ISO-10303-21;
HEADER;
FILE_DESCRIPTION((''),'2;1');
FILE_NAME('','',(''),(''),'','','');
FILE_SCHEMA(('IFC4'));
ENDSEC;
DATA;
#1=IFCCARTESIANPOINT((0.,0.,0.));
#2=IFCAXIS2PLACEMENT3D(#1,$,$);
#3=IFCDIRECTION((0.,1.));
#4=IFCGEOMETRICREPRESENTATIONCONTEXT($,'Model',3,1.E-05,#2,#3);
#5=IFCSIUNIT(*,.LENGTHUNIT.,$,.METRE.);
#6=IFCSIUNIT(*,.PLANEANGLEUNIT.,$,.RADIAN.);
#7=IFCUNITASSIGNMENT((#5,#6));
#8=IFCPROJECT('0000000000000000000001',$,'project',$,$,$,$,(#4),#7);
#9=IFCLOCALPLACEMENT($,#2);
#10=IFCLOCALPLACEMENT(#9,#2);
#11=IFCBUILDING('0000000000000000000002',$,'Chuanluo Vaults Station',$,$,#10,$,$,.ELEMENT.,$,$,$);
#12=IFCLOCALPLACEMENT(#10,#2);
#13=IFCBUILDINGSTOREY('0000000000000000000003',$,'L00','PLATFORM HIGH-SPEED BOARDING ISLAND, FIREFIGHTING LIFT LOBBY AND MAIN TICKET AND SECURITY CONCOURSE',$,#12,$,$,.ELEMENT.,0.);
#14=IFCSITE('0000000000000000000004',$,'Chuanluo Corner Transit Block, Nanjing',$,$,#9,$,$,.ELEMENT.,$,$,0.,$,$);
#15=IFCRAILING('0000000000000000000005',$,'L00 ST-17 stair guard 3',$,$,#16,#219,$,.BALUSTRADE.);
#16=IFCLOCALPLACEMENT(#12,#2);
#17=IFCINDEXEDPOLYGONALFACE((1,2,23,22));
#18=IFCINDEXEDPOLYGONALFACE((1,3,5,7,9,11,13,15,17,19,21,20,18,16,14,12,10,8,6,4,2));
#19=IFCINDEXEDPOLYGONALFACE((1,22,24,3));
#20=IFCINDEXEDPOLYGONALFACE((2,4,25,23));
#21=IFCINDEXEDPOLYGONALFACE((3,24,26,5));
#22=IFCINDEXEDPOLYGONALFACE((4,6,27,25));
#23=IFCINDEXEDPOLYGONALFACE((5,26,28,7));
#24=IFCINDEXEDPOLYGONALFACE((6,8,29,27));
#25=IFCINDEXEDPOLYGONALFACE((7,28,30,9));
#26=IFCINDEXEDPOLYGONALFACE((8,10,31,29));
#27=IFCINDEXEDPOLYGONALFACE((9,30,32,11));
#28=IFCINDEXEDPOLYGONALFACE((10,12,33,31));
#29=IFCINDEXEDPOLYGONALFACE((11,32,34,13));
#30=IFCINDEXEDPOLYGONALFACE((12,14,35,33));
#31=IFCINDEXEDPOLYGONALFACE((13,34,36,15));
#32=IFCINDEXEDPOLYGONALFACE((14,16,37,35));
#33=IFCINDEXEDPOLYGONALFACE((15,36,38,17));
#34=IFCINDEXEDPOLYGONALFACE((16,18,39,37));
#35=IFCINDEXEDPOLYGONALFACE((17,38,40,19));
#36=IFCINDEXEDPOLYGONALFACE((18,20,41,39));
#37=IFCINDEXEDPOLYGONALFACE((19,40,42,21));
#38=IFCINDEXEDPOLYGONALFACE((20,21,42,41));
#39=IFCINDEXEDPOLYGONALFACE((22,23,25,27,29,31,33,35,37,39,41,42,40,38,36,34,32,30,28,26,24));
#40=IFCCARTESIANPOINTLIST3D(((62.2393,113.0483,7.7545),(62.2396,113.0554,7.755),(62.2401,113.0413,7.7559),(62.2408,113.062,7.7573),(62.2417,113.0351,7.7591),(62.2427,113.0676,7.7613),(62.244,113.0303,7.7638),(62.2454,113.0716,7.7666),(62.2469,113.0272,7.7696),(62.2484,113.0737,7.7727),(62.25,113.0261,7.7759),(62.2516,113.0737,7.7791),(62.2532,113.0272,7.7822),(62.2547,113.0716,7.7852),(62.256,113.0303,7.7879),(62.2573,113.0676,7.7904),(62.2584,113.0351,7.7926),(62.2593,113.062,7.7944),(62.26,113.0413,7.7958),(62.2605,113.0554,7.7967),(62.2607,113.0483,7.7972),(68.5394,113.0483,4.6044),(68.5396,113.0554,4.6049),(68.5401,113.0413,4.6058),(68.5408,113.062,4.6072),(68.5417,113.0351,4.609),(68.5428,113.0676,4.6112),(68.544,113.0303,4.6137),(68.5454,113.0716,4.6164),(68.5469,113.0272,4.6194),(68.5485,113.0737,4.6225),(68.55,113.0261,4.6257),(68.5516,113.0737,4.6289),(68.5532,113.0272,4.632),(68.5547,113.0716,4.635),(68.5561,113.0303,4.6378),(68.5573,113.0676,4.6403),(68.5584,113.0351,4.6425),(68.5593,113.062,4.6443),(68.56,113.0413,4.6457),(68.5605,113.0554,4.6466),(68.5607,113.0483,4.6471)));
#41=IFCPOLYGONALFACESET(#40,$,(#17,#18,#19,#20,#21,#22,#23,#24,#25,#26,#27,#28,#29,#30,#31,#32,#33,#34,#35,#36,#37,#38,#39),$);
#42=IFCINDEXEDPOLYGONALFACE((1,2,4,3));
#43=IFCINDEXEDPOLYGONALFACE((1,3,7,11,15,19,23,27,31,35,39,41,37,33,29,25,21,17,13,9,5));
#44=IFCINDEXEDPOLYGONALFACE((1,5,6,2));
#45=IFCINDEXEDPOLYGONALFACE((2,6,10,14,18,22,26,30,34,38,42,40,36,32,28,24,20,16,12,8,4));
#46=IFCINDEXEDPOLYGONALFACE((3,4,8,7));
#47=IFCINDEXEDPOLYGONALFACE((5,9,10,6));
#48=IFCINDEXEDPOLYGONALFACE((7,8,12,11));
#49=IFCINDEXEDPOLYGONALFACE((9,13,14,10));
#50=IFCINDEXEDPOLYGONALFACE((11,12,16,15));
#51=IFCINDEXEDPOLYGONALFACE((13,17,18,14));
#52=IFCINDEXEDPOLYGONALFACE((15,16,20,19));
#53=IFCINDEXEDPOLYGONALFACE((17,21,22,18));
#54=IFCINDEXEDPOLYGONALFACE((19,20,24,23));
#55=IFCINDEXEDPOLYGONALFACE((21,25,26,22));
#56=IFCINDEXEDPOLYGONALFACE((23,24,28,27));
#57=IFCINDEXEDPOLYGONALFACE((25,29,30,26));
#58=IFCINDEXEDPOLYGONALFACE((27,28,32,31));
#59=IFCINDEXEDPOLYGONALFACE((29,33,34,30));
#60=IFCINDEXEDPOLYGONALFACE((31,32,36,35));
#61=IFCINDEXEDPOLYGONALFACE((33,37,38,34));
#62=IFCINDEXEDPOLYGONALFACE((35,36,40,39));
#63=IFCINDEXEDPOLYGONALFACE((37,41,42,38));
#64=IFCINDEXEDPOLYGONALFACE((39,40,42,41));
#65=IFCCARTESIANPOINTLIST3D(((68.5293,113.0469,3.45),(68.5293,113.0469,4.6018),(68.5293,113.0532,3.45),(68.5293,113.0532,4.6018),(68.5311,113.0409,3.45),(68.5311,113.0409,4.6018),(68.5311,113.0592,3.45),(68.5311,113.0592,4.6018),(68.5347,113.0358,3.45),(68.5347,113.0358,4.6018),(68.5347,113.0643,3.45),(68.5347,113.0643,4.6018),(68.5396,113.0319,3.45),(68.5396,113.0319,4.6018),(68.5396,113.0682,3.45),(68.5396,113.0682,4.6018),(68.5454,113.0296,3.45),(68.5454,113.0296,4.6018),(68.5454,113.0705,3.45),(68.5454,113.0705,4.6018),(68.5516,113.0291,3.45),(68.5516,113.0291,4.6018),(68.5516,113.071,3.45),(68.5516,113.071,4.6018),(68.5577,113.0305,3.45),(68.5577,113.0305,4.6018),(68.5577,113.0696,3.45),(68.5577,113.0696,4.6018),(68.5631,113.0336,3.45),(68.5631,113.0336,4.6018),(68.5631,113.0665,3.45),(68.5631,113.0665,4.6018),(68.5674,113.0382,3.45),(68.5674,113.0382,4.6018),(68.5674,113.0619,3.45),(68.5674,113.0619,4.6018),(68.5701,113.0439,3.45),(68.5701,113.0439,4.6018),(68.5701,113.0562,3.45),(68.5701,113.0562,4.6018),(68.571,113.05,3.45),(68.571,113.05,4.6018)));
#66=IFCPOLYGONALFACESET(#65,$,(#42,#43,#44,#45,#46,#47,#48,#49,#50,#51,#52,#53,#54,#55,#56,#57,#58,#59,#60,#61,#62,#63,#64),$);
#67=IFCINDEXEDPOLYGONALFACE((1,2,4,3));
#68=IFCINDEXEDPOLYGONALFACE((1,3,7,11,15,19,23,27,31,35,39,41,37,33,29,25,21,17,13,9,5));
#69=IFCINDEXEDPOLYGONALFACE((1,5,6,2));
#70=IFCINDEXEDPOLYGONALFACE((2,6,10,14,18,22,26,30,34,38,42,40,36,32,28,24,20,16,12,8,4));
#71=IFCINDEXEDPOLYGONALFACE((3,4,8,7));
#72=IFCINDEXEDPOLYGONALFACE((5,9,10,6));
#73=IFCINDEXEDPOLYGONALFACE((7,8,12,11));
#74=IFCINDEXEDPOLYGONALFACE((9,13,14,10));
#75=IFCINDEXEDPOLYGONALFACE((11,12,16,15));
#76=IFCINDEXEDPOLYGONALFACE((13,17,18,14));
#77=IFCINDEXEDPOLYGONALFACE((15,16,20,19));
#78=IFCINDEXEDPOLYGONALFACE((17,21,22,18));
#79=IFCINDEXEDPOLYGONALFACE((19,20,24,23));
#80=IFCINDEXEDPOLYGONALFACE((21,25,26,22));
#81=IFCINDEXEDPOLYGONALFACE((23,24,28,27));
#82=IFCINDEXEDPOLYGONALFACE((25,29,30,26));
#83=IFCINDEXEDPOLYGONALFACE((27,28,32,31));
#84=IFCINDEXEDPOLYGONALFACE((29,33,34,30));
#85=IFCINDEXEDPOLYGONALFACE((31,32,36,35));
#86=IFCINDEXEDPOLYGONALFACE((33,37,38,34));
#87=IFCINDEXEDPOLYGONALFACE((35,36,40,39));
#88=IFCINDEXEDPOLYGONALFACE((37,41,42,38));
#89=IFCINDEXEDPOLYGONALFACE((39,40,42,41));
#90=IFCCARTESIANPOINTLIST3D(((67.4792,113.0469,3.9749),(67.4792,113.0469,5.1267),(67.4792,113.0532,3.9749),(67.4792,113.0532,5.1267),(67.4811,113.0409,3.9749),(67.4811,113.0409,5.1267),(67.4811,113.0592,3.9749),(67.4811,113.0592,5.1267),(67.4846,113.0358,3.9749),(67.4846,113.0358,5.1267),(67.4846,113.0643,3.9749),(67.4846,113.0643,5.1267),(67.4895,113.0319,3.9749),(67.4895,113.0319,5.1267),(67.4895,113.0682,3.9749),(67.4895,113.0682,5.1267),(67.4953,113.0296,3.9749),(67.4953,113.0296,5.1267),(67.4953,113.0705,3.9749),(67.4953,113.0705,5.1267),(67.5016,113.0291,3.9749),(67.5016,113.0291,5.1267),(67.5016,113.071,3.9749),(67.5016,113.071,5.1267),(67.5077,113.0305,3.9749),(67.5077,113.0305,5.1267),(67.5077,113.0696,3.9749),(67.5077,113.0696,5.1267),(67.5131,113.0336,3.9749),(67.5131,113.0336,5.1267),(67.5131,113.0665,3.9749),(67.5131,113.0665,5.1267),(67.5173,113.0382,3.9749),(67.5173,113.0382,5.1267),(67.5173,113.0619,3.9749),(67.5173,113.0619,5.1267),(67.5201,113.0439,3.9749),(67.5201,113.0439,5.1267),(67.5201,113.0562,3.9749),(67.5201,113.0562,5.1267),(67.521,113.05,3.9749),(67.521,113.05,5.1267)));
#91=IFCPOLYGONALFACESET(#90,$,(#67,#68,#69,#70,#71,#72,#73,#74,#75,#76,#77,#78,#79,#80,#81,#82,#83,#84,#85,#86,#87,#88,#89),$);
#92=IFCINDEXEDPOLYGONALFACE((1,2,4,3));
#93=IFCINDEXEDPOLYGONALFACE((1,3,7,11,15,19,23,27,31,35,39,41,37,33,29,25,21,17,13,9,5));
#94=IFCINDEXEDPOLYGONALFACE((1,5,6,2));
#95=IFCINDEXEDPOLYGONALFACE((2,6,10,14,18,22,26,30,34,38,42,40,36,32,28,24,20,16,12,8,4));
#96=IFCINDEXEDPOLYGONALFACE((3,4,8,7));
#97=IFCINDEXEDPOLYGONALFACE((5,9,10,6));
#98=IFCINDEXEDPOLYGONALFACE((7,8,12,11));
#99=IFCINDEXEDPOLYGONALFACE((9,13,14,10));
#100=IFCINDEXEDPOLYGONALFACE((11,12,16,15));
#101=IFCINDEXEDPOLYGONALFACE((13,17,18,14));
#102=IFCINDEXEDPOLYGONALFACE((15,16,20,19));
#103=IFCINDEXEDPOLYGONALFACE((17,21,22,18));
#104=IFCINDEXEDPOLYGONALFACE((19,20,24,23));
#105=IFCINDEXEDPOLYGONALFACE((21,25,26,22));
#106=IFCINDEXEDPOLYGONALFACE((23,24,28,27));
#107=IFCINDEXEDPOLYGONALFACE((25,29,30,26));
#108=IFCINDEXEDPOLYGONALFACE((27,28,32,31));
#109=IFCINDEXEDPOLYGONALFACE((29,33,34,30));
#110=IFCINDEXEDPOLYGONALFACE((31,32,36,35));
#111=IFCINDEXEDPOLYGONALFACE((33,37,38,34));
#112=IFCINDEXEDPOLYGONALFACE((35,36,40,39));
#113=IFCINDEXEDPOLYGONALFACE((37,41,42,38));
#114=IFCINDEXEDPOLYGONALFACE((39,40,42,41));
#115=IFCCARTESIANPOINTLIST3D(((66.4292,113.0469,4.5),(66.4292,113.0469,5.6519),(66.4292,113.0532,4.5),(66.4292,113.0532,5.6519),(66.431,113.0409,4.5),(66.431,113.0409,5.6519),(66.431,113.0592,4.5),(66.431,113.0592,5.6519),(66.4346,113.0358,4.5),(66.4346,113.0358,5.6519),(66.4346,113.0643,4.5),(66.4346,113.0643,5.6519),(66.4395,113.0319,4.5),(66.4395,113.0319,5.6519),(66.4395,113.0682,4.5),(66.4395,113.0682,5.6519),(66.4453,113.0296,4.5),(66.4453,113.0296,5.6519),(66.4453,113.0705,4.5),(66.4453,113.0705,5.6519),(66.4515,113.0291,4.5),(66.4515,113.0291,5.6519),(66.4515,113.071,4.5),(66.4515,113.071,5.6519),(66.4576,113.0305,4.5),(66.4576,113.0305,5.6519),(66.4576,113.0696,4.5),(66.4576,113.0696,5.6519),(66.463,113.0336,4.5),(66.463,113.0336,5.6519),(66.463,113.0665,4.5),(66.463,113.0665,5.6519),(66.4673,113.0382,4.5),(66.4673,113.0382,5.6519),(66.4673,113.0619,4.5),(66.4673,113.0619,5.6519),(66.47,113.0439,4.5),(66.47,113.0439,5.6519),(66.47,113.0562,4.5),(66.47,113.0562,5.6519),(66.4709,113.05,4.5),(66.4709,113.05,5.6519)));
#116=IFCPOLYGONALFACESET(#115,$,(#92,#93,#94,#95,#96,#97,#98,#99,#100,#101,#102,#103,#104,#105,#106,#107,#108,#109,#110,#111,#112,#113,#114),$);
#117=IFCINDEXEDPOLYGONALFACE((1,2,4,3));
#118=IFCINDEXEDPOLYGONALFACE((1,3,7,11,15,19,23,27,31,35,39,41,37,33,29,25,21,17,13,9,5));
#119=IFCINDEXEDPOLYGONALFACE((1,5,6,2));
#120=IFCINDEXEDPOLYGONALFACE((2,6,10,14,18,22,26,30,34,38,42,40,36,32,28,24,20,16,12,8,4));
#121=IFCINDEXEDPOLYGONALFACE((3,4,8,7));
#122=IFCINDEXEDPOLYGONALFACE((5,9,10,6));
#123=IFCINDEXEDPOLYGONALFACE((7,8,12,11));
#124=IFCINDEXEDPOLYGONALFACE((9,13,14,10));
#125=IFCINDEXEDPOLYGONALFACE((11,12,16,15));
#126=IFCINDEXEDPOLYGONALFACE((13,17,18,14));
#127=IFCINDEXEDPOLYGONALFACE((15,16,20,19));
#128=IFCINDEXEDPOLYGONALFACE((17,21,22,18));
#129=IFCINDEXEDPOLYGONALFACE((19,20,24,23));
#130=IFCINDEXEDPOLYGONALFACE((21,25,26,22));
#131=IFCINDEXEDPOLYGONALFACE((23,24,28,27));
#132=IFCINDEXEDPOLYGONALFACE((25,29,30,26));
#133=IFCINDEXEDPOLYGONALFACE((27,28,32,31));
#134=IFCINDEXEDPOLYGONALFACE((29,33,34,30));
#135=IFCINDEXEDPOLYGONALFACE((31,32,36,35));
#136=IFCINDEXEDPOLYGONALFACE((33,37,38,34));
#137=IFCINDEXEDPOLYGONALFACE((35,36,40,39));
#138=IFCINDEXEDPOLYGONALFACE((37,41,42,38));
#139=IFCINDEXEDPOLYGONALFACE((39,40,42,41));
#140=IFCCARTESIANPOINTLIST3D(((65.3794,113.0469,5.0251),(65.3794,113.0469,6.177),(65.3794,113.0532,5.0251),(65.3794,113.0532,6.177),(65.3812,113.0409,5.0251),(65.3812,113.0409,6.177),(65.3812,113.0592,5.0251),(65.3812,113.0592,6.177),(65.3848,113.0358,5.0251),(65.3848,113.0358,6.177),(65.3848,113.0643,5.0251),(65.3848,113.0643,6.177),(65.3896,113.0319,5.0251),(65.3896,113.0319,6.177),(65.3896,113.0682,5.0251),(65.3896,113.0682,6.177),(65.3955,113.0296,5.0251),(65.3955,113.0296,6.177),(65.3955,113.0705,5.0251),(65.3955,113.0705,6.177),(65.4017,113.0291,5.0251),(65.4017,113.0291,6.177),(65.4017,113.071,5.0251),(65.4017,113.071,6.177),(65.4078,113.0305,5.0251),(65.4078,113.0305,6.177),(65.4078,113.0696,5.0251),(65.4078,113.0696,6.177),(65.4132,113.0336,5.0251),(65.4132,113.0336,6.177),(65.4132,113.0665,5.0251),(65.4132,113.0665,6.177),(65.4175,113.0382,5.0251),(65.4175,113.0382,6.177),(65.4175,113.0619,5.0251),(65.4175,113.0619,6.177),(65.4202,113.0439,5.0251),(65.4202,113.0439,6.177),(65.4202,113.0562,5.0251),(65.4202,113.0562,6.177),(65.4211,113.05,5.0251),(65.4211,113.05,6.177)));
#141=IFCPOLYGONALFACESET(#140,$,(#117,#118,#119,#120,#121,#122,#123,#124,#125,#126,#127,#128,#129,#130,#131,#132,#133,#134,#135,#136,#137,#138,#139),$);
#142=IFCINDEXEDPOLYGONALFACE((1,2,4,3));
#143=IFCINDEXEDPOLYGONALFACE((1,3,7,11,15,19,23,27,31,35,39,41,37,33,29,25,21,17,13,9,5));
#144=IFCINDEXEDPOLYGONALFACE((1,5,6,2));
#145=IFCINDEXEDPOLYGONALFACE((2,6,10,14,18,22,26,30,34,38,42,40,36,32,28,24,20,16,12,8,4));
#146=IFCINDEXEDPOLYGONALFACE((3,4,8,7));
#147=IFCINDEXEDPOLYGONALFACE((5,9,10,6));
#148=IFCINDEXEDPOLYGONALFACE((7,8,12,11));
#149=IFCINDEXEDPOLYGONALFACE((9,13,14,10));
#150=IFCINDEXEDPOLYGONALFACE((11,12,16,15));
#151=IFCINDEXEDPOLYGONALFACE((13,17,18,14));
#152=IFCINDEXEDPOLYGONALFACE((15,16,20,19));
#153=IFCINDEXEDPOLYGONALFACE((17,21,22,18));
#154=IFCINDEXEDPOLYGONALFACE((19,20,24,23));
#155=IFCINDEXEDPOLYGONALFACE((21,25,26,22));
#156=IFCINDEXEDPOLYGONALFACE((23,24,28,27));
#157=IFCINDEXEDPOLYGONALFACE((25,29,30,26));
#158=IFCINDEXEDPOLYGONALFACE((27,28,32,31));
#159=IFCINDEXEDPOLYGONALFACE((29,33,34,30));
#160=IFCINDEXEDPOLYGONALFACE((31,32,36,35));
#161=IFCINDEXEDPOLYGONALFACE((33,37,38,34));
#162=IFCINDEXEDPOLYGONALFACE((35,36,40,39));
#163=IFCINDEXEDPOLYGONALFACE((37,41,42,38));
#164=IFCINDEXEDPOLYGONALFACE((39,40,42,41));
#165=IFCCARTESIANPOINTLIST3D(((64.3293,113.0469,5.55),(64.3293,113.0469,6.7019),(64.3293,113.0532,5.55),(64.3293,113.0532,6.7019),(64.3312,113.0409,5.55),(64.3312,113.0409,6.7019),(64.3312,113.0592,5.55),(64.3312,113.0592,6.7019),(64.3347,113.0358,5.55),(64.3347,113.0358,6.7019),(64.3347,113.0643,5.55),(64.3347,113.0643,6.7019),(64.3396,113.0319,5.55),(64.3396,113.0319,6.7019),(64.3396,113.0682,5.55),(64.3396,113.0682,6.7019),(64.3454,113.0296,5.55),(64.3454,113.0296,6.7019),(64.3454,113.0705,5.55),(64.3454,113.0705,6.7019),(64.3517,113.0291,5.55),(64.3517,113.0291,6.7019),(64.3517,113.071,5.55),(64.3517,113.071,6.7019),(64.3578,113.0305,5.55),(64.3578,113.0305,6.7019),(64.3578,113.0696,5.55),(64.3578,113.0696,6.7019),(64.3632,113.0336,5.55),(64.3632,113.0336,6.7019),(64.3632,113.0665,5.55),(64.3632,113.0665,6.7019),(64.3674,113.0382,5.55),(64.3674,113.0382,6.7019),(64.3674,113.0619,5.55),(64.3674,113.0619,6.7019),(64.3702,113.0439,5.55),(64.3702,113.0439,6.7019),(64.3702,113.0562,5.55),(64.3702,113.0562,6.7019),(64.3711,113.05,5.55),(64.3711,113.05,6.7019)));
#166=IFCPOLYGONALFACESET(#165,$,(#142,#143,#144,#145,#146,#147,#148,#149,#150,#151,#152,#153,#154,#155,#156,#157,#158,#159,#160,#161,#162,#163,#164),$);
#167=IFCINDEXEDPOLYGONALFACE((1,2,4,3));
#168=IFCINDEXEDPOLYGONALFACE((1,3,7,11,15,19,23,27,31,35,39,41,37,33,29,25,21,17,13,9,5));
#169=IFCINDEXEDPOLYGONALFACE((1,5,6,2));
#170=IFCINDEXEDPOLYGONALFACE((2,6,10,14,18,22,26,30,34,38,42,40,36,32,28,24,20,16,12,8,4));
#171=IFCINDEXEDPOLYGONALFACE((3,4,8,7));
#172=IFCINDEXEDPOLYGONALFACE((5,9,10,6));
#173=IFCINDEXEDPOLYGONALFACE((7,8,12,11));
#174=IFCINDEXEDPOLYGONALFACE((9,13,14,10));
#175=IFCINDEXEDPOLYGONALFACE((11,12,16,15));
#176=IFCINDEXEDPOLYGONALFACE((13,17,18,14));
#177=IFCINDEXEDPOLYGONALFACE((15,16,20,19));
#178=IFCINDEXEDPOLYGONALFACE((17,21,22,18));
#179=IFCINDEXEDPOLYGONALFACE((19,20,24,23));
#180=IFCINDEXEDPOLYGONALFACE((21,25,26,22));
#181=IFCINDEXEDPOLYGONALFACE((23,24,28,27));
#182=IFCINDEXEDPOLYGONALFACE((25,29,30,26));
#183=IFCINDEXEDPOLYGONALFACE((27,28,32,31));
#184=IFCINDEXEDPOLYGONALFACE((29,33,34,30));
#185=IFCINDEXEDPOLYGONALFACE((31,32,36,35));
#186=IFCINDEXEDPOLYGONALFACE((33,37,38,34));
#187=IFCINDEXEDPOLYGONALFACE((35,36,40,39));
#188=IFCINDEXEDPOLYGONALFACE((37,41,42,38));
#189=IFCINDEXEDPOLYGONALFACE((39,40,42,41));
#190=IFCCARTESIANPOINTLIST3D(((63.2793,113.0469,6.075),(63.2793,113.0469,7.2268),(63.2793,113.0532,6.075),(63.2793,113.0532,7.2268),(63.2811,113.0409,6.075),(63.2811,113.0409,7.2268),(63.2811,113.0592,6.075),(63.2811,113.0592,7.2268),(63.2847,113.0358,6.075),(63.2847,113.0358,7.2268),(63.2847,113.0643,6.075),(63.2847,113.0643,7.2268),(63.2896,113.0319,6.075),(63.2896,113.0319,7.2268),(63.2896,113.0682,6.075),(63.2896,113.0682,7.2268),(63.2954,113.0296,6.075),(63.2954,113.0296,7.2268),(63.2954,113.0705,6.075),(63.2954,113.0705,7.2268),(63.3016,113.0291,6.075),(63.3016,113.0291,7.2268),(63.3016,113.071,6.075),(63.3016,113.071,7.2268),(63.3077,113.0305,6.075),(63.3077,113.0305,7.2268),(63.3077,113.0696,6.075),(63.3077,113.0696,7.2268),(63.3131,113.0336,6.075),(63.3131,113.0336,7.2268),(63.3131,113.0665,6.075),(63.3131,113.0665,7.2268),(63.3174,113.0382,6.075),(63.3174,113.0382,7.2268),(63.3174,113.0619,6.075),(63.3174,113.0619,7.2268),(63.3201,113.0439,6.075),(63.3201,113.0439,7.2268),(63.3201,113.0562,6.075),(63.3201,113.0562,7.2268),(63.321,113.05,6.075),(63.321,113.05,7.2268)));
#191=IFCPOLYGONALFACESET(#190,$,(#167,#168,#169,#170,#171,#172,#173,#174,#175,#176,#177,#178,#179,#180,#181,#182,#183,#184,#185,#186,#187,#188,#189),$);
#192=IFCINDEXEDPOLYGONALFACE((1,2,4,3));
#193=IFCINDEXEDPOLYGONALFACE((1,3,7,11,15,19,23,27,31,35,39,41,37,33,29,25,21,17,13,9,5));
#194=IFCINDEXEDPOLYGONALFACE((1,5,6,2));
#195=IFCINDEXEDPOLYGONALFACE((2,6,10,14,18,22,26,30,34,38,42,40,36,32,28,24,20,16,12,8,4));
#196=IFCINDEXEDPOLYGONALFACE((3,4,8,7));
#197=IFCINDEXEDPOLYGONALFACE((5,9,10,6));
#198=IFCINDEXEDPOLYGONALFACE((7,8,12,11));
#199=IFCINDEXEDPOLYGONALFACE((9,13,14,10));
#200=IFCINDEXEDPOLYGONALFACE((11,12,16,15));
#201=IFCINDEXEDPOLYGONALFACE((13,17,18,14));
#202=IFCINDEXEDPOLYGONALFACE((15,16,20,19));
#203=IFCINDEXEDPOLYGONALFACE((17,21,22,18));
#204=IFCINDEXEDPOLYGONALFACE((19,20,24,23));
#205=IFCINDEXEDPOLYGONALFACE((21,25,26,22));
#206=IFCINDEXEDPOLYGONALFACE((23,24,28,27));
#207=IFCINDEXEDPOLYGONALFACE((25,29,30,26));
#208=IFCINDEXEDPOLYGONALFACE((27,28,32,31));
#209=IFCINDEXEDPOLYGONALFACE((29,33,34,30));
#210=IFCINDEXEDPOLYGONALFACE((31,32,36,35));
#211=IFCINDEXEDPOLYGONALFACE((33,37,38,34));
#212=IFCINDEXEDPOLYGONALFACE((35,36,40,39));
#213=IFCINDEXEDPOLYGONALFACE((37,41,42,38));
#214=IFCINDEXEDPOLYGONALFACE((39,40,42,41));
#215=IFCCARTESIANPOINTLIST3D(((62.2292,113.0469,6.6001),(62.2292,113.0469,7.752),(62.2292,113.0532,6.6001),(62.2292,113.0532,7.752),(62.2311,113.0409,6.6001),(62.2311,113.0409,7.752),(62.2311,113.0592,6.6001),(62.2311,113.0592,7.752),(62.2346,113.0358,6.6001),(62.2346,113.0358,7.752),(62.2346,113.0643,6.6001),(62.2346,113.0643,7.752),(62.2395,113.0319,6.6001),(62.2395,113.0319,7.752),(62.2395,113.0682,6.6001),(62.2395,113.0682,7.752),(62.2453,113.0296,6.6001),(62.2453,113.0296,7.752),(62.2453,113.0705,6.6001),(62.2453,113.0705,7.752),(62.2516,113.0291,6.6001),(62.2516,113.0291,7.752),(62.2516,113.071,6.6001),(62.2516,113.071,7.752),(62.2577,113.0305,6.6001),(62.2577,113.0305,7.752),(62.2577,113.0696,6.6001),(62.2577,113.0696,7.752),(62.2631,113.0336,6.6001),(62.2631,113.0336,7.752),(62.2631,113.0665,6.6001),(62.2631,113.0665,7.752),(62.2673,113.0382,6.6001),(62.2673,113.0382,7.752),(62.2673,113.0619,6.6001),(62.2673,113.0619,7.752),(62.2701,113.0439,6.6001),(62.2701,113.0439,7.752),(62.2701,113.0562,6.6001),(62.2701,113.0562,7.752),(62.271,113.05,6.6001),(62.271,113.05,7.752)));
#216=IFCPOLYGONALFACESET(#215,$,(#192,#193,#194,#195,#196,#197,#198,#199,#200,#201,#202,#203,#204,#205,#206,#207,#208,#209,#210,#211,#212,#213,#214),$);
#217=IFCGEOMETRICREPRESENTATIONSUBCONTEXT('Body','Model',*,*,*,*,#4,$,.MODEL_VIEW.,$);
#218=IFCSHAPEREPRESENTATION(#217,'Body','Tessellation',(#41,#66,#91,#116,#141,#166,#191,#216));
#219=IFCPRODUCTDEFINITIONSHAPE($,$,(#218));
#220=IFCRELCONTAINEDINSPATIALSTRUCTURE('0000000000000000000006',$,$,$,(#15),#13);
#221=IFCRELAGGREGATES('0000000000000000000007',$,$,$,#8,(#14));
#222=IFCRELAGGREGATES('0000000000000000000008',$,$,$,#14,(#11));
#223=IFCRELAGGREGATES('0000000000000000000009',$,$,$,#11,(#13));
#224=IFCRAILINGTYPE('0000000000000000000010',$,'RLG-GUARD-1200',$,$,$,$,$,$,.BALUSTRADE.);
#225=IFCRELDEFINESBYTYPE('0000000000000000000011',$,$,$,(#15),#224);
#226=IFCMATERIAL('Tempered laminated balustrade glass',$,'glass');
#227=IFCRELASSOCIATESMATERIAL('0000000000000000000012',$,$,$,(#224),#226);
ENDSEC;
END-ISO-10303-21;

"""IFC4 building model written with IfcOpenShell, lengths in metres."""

from ifc_helpers import new_model, si_unit, direction, frame, origin, origin_2d, place, context, subcontext, project, spatial, circle, extrude, material, type_object, element, save


model = new_model("IFC4")

# Units and contexts
model_context = context("Model", 3, precision=1e-05, world=origin(), true_north=direction((0.0, 1.0)))
body_context = subcontext(model_context, "Body", "Model", "MODEL_VIEW")
ifc_project = project(units=[si_unit("LENGTHUNIT", "METRE"), si_unit("PLANEANGLEUNIT", "RADIAN")], contexts=[model_context])

# Site, building, storey
site_placement = place(None, origin())
site = spatial("IfcSite", under=ifc_project, at=site_placement, Name="Chuanluo Corner Transit Block, Nanjing", CompositionType="ELEMENT", RefElevation=0.0)
building_placement = place(site_placement, origin())
building = spatial("IfcBuilding", under=site, at=building_placement, Name="Chuanluo Vaults Station", CompositionType="ELEMENT")
storey_placement = place(building_placement, origin())
storey = spatial("IfcBuildingStorey", under=building, at=storey_placement, Name="L00", Description="PLATFORM HIGH-SPEED BOARDING ISLAND, FIREFIGHTING LIFT LOBBY AND MAIN TICKET AND SECURITY CONCOURSE", CompositionType="ELEMENT", Elevation=0.0)

# Railing
ifc_material_1 = material(Name="Tempered laminated balustrade glass", Category="glass")
railing_type_1 = type_object("IfcRailingType", Name="RLG-GUARD-1200", PredefinedType="BALUSTRADE", material=ifc_material_1)
railing_1_placement = place(storey_placement, frame((68.55, 113.05, 3.45)))
element("IfcRailing", 1, at=railing_1_placement, inside=storey, type_object=railing_type_1, Name="L00 ST-17 stair guard 3", PredefinedType="BALUSTRADE", context=body_context, shape_type="SweptSolid", body=[
    extrude(circle(Radius=0.0239, at=origin_2d()), frame((0.0, 0.0, 1.1758), z_axis=(-0.89442, 0.0, 0.447227), x_axis=(0.0, -1.0, 0.0)), (0.0, 0.0, 1.0), 7.0437),
    extrude(circle(Radius=0.021, at=origin_2d()), origin(), (0.0, 0.0, 1.0), 1.1519),
    extrude(circle(Radius=0.021, at=origin_2d()), frame((-1.05, 0.0, 0.5249)), (0.0, 0.0, 1.0), 1.1519),
    extrude(circle(Radius=0.021, at=origin_2d()), frame((-2.1001, 0.0, 1.05)), (0.0, 0.0, 1.0), 1.1519),
    extrude(circle(Radius=0.021, at=origin_2d()), frame((-3.1499, 0.0, 1.5752)), (0.0, 0.0, 1.0), 1.1519),
    extrude(circle(Radius=0.021, at=origin_2d()), frame((-4.2, 0.0, 2.1001)), (0.0, 0.0, 1.0), 1.1519),
    extrude(circle(Radius=0.021, at=origin_2d()), frame((-5.25, 0.0, 2.625)), (0.0, 0.0, 1.0), 1.1519),
    extrude(circle(Radius=0.021, at=origin_2d()), frame((-6.3, 0.0, 3.1501)), (0.0, 0.0, 1.0), 1.1519),
])

save(model, "model.ifc")
